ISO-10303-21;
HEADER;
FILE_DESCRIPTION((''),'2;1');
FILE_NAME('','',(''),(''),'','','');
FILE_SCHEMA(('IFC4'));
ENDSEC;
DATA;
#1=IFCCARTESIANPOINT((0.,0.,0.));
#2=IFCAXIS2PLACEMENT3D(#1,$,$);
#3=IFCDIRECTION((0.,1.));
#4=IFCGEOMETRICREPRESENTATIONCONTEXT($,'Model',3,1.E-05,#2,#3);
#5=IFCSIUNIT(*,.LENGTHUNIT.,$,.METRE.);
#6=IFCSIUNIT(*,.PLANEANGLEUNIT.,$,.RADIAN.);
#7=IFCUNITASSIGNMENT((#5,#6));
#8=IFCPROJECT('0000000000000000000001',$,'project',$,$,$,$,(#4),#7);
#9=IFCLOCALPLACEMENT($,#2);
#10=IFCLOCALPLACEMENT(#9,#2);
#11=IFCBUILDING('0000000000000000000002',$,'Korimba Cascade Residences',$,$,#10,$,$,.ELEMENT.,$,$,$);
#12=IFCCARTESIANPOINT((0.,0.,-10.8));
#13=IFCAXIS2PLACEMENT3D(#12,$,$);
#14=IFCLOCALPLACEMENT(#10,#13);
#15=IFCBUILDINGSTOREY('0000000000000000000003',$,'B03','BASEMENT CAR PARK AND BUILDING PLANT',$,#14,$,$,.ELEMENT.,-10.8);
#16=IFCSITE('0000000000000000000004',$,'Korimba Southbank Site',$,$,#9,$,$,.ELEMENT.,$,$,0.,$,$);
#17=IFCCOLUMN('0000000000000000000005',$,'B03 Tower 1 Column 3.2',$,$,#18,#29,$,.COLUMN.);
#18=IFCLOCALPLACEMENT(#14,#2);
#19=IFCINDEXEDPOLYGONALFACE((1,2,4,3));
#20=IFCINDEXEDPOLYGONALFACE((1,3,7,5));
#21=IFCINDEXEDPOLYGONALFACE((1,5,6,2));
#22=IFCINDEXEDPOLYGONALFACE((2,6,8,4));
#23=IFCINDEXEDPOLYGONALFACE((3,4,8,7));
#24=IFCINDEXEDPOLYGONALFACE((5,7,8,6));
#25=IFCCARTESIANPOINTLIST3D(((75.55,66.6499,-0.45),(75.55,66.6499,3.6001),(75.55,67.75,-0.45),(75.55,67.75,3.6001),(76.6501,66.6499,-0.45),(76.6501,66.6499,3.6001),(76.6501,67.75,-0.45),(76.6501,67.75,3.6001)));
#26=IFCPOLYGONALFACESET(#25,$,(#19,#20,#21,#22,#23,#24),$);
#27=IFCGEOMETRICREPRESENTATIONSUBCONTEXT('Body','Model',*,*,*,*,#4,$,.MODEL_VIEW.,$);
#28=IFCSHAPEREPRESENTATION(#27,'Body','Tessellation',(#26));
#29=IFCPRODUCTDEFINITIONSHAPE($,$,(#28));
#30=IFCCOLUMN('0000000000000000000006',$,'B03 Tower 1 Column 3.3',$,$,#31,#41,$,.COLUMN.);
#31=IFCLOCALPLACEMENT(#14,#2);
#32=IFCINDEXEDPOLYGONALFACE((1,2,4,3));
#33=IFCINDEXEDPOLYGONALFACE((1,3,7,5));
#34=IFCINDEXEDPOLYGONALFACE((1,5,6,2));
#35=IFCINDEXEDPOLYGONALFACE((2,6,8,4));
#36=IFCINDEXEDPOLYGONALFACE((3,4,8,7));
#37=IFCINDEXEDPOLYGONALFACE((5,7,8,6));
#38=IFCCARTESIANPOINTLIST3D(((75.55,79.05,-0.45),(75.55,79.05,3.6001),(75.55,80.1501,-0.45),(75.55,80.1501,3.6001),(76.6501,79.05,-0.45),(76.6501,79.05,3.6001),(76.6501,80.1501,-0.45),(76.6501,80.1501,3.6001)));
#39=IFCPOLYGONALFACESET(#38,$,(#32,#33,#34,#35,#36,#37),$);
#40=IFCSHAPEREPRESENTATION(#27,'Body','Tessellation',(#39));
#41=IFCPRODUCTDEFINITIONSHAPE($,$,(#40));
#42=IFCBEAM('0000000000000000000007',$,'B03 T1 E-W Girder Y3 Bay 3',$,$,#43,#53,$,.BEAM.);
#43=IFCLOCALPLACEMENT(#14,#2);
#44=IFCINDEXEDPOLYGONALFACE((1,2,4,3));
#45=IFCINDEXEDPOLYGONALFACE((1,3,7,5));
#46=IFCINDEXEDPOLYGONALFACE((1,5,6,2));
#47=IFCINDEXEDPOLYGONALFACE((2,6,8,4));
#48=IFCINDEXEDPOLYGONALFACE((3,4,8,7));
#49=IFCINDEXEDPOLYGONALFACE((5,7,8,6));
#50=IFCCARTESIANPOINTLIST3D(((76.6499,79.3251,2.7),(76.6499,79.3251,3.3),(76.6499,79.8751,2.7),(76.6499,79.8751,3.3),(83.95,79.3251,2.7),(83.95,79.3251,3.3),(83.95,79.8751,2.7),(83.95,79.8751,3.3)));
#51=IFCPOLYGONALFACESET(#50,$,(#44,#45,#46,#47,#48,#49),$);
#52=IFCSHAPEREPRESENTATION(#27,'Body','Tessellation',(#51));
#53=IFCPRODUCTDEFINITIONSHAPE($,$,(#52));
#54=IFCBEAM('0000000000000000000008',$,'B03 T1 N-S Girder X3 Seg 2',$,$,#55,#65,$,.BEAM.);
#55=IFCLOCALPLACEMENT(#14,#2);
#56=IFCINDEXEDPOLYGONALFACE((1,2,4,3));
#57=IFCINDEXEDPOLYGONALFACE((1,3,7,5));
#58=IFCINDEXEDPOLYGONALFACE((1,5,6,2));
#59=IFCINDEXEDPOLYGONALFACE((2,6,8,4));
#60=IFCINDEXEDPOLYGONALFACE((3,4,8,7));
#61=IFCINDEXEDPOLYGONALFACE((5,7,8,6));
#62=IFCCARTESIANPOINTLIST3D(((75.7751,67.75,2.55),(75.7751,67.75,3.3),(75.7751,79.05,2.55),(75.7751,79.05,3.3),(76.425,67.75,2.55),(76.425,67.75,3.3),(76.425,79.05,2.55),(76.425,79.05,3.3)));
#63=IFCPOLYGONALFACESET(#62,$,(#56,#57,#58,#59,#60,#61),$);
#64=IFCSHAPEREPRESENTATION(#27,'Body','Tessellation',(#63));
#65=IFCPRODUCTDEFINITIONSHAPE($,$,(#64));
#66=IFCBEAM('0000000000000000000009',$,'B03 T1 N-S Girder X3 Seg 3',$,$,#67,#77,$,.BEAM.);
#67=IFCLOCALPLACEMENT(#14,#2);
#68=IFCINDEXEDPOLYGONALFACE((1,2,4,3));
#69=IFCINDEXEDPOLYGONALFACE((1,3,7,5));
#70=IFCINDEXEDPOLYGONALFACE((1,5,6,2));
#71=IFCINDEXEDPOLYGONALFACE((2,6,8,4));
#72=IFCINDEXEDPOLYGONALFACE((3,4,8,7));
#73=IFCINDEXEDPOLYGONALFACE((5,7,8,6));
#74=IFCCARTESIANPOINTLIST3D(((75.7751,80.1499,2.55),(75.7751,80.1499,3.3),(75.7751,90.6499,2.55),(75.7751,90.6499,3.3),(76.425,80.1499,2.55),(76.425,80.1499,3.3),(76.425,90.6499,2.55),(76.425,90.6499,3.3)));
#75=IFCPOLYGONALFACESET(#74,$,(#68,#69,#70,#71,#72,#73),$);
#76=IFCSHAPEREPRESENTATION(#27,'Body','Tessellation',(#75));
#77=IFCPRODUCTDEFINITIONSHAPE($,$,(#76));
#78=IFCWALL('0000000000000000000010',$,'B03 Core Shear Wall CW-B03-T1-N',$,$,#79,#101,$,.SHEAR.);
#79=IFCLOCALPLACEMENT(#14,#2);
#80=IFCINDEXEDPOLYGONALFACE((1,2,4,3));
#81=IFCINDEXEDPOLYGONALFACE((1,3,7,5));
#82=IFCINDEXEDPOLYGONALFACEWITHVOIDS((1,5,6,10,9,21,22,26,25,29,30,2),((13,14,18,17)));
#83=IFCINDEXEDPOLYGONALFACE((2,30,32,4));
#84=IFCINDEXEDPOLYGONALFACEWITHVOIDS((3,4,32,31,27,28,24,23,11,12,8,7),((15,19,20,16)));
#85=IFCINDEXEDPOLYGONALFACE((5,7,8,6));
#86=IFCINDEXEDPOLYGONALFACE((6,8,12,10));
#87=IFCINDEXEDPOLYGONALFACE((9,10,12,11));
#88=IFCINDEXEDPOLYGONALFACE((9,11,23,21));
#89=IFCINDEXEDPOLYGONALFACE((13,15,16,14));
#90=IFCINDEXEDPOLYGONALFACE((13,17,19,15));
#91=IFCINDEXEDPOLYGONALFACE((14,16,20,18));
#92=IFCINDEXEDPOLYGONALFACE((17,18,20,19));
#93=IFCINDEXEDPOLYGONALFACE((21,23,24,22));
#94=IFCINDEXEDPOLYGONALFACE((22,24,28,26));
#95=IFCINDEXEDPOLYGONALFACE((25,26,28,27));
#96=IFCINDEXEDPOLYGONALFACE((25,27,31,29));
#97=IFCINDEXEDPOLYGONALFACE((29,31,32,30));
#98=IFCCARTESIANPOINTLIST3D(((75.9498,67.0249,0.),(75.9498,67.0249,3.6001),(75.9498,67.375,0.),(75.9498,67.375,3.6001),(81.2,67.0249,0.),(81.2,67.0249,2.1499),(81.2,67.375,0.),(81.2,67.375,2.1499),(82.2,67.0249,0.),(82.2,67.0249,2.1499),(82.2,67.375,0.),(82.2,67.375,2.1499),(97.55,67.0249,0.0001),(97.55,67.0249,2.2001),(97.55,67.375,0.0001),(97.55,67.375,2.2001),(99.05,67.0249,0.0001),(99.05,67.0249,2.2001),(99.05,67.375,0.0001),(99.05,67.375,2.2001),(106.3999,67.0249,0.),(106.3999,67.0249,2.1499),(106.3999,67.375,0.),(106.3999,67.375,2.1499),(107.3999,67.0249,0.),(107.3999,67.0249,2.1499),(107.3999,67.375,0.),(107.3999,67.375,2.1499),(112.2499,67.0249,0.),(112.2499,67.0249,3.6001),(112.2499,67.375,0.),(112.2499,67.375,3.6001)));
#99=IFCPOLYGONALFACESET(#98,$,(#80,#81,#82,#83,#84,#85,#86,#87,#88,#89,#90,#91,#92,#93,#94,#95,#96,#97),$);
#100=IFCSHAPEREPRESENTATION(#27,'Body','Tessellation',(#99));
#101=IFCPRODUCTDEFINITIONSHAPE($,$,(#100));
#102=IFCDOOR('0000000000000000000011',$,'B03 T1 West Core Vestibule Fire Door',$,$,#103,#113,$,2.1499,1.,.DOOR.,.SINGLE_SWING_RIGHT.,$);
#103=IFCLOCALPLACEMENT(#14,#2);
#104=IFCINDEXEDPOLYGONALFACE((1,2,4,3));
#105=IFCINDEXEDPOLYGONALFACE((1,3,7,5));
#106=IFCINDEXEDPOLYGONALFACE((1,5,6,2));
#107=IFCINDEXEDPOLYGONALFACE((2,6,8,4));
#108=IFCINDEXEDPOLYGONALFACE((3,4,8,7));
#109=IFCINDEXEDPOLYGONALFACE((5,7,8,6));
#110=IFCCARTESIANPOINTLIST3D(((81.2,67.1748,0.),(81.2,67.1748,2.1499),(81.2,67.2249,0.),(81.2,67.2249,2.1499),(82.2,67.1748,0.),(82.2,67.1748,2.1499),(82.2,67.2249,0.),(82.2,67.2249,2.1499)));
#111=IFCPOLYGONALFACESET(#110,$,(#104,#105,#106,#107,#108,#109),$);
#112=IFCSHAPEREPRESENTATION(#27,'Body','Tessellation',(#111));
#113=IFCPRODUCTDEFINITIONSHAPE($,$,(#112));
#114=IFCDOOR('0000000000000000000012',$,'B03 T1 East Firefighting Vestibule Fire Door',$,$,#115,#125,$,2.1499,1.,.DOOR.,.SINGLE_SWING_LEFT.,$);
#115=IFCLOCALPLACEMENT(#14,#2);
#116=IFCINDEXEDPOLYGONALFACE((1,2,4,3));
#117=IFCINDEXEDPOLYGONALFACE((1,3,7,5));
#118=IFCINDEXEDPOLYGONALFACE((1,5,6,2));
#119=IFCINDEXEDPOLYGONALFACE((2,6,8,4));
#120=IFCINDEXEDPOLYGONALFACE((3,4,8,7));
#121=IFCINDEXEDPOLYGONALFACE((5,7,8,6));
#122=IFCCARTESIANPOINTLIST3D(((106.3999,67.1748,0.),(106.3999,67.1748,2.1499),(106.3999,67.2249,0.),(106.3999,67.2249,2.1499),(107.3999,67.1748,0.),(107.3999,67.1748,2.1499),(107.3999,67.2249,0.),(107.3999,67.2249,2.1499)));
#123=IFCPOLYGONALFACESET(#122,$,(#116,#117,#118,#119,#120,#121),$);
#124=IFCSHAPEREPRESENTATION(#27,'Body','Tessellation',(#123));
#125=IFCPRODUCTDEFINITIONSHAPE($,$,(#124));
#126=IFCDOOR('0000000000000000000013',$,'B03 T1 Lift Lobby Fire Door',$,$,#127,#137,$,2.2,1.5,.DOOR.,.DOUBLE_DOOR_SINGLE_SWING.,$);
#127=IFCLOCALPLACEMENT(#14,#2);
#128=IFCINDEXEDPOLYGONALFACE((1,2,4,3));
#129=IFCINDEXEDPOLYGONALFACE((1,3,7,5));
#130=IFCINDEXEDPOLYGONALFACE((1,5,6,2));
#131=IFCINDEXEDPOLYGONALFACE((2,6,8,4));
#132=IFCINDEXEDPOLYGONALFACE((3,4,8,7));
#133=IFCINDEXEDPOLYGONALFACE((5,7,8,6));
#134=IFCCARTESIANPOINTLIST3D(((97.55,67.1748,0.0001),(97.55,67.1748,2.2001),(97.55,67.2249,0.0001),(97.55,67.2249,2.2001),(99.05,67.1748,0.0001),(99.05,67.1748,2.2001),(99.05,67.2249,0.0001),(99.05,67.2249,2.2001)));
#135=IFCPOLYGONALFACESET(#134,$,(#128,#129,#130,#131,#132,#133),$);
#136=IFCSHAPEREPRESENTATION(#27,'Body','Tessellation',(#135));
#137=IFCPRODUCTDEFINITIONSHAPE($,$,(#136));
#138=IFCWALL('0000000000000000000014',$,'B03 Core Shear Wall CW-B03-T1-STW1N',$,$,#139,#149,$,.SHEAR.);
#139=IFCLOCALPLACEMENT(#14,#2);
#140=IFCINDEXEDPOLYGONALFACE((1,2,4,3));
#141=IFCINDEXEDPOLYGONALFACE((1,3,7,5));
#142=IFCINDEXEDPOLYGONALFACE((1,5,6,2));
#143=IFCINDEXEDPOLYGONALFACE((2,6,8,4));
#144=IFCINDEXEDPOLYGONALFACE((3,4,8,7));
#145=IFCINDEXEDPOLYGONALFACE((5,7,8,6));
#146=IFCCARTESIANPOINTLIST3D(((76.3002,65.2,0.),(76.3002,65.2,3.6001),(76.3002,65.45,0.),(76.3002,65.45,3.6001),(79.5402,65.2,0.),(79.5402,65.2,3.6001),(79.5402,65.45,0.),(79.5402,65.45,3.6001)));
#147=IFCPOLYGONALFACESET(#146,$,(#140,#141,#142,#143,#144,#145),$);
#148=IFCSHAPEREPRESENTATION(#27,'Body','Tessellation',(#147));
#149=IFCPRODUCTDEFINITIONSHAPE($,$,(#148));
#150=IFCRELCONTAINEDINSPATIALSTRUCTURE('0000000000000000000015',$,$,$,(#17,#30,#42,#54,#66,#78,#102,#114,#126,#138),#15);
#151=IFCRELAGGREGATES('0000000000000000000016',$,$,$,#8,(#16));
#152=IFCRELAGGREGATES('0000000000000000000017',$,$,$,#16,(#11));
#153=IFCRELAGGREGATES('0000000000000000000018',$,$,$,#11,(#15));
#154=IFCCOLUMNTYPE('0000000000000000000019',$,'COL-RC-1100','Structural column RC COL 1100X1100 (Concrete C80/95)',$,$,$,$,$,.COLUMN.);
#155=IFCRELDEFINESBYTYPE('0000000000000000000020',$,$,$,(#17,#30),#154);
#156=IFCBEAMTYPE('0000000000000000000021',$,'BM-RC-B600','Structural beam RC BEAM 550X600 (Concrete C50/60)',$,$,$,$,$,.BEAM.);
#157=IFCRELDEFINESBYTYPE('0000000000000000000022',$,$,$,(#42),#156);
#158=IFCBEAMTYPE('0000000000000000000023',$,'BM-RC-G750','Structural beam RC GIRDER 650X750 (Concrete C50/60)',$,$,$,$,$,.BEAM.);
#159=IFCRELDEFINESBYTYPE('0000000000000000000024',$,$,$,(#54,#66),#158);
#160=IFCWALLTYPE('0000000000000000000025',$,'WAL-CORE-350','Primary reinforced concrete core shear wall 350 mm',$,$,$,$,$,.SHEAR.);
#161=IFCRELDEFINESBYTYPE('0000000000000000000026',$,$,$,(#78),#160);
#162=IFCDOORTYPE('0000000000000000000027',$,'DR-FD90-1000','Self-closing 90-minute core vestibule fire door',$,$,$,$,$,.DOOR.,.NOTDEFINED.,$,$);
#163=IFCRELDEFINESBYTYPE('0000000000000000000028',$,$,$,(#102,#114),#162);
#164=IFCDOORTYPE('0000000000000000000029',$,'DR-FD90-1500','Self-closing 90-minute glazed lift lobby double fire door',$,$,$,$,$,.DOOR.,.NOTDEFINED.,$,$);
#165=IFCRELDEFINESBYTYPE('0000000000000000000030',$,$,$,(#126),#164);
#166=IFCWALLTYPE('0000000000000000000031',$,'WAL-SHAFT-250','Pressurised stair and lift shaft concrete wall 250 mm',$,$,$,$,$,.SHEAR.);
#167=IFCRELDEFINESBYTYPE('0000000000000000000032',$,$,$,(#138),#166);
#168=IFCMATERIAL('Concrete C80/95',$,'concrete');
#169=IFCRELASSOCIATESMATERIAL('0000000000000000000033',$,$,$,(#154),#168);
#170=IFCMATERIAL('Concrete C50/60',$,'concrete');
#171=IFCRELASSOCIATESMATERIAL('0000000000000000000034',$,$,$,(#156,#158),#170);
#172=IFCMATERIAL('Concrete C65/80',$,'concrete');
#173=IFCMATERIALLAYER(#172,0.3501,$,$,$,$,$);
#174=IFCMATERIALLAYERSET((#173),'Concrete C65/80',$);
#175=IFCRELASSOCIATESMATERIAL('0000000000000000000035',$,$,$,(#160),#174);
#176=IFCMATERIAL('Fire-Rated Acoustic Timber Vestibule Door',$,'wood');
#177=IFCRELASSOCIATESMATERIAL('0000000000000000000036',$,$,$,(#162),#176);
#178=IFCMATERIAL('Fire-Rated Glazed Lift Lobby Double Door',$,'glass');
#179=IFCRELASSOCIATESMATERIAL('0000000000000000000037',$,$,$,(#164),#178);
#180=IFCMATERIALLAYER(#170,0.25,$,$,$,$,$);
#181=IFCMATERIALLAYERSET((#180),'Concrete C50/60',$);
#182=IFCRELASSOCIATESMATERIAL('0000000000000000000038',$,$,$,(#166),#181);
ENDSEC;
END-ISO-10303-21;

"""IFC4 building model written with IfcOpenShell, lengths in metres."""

from ifc_helpers import new_model, si_unit, direction, frame, frame_2d, origin, origin_2d, place, context, subcontext, project, spatial, rectangle, extrude, material, layer, layer_set, material_profile, profile_set, type_object, element, fill, save


model = new_model("IFC4")

# Units and contexts
model_context = context("Model", 3, precision=1e-05, world=origin(), true_north=direction((0.0, 1.0)))
body_context = subcontext(model_context, "Body", "Model", "MODEL_VIEW")
ifc_project = project(units=[si_unit("LENGTHUNIT", "METRE"), si_unit("PLANEANGLEUNIT", "RADIAN")], contexts=[model_context])

# Site, building, storey
site_placement = place(None, origin())
site = spatial("IfcSite", under=ifc_project, at=site_placement, Name="Korimba Southbank Site", CompositionType="ELEMENT", RefElevation=0.0)
building_placement = place(site_placement, origin())
building = spatial("IfcBuilding", under=site, at=building_placement, Name="Korimba Cascade Residences", CompositionType="ELEMENT")
storey_placement = place(building_placement, frame((0.0, 0.0, -10.8)))
storey = spatial("IfcBuildingStorey", under=building, at=storey_placement, Name="B03", Description="BASEMENT CAR PARK AND BUILDING PLANT", CompositionType="ELEMENT", Elevation=-10.8)

# Shared definitions
ifc_material_1 = material(Name="Concrete C50/60", Category="concrete")

# Columns
ifc_material_2 = material(Name="Concrete C80/95", Category="concrete")
ifc_material_profile_1 = material_profile(ifc_material_2, rectangle(XDim=1.1001, YDim=1.1001, at=origin_2d()), Name="Concrete C80/95")
ifc_profile_set_1 = profile_set([ifc_material_profile_1], Name="Concrete C80/95")
column_type = type_object("IfcColumnType", Name="COL-RC-1100", Description="Structural column RC COL 1100X1100 (Concrete C80/95)", PredefinedType="COLUMN", material=ifc_profile_set_1)
for number, where, z_axis, x_axis, name in (
    (1, (76.1001, 67.2, -0.45), (0.0, 0.0, 1.0), (1.0, 0.0, 0.0), "B03 Tower 1 Column 3.2"),
    (2, (76.1001, 79.6001, -0.45), (0.0, 0.0, 1.0), (1.0, 0.0, 0.0), "B03 Tower 1 Column 3.3"),
):
    element("IfcColumn", number, at=place(storey_placement, frame(where, z_axis=z_axis, x_axis=x_axis)), inside=storey, type_object=column_type, Name=name, PredefinedType="COLUMN", context=body_context, shape_type="SweptSolid", body=[
        extrude(rectangle(XDim=1.1001, YDim=1.1001, at=origin_2d()), origin(), (0.0, 0.0, 1.0), 4.05),
    ])

# Beams
ifc_material_profile_2 = material_profile(ifc_material_1, rectangle(XDim=0.55, YDim=0.6001, at=origin_2d()), Name="Concrete C50/60")
ifc_profile_set_2 = profile_set([ifc_material_profile_2], Name="Concrete C50/60")
beam_type_1 = type_object("IfcBeamType", Name="BM-RC-B600", Description="Structural beam RC BEAM 550X600 (Concrete C50/60)", PredefinedType="BEAM", material=ifc_profile_set_2)
beam_1_placement = place(storey_placement, frame((76.6499, 79.6001, 3.0), z_axis=(1.0, 0.0, 0.0), x_axis=(0.0, 1.0, 0.0)))
element("IfcBeam", 3, at=beam_1_placement, inside=storey, type_object=beam_type_1, Name="B03 T1 E-W Girder Y3 Bay 3", PredefinedType="BEAM", context=body_context, shape_type="SweptSolid", body=[
    extrude(rectangle(XDim=0.55, YDim=0.6001, at=origin_2d()), origin(), (0.0, 0.0, 1.0), 7.3),
])
ifc_material_profile_3 = material_profile(ifc_material_1, rectangle(XDim=0.6499, YDim=0.75, at=origin_2d()), Name="Concrete C50/60")
ifc_profile_set_3 = profile_set([ifc_material_profile_3], Name="Concrete C50/60")
beam_type_2 = type_object("IfcBeamType", Name="BM-RC-G750", Description="Structural beam RC GIRDER 650X750 (Concrete C50/60)", PredefinedType="BEAM", material=ifc_profile_set_3)
beam_2_placement = place(storey_placement, frame((76.1001, 67.75, 2.925), z_axis=(0.0, 1.0, 0.0), x_axis=(-1.0, 0.0, 0.0)))
element("IfcBeam", 4, at=beam_2_placement, inside=storey, type_object=beam_type_2, Name="B03 T1 N-S Girder X3 Seg 2", PredefinedType="BEAM", context=body_context, shape_type="SweptSolid", body=[
    extrude(rectangle(XDim=0.6499, YDim=0.75, at=origin_2d()), origin(), (0.0, 0.0, 1.0), 11.3),
])
beam_3_placement = place(storey_placement, frame((76.1001, 80.1499, 2.925), z_axis=(0.0, 1.0, 0.0), x_axis=(-1.0, 0.0, 0.0)))
element("IfcBeam", 5, at=beam_3_placement, inside=storey, type_object=beam_type_2, Name="B03 T1 N-S Girder X3 Seg 3", PredefinedType="BEAM", context=body_context, shape_type="SweptSolid", body=[
    extrude(rectangle(XDim=0.6499, YDim=0.75, at=origin_2d()), origin(), (0.0, 0.0, 1.0), 10.5),
])

# Wall, openings, doors
ifc_material_3 = material(Name="Concrete C65/80", Category="concrete")
ifc_layer_1 = layer(ifc_material_3, 0.3501)
ifc_layer_set_1 = layer_set([ifc_layer_1], Name="Concrete C65/80")
wall_type_1 = type_object("IfcWallType", Name="WAL-CORE-350", Description="Primary reinforced concrete core shear wall 350 mm", PredefinedType="SHEAR", material=ifc_layer_set_1)
wall_1_placement = place(storey_placement, frame((75.95, 67.2, 0.0), z_axis=(0.0, 0.0, 1.0), x_axis=(1.0, 0.0, 0.0)))
wall_1 = element("IfcWall", 6, at=wall_1_placement, inside=storey, type_object=wall_type_1, Name="B03 Core Shear Wall CW-B03-T1-N", PredefinedType="SHEAR", context=body_context, shape_type="SweptSolid", body=[
    extrude(rectangle(XDim=36.3, YDim=0.3501, at=frame_2d((18.1499, 0.0))), origin(), (0.0, 0.0, 1.0), 3.6001),
])
opening_1_placement = place(wall_1_placement, frame((5.25, 0.0, 0.0)))
opening_1 = element("IfcOpeningElement", 7, at=opening_1_placement, cuts=wall_1, PredefinedType="OPENING", context=body_context, shape_type="SweptSolid", body=[
    extrude(rectangle(XDim=1.0, YDim=2.1499, at=frame_2d((0.5, 1.075))), frame((0.0, 0.1851, 0.0), z_axis=(0.0, -1.0, 0.0), x_axis=(1.0, 0.0, 0.0)), (0.0, 0.0, 1.0), 0.3701),
])
opening_2_placement = place(wall_1_placement, frame((21.6001, 0.0, 0.0)))
opening_2 = element("IfcOpeningElement", 8, at=opening_2_placement, cuts=wall_1, PredefinedType="OPENING", context=body_context, shape_type="SweptSolid", body=[
    extrude(rectangle(XDim=1.5, YDim=2.2, at=frame_2d((0.75, 1.1001))), frame((0.0, 0.1851, 0.0), z_axis=(0.0, -1.0, 0.0), x_axis=(1.0, 0.0, 0.0)), (0.0, 0.0, 1.0), 0.3701),
])
opening_3_placement = place(wall_1_placement, frame((30.45, 0.0, 0.0)))
opening_3 = element("IfcOpeningElement", 9, at=opening_3_placement, cuts=wall_1, PredefinedType="OPENING", context=body_context, shape_type="SweptSolid", body=[
    extrude(rectangle(XDim=1.0, YDim=2.1499, at=frame_2d((0.5, 1.075))), frame((0.0, 0.1851, 0.0), z_axis=(0.0, -1.0, 0.0), x_axis=(1.0, 0.0, 0.0)), (0.0, 0.0, 1.0), 0.3701),
])
ifc_material_4 = material(Name="Fire-Rated Acoustic Timber Vestibule Door", Category="wood")
door_type_1 = type_object("IfcDoorType", Name="DR-FD90-1000", Description="Self-closing 90-minute core vestibule fire door", OperationType="NOTDEFINED", PredefinedType="DOOR", material=ifc_material_4)
door_1_placement = place(opening_1_placement, origin())
door_1 = element("IfcDoor", 10, at=door_1_placement, inside=storey, type_object=door_type_1, Name="B03 T1 West Core Vestibule Fire Door", OperationType="SINGLE_SWING_RIGHT", OverallHeight=2.1499, OverallWidth=1.0, PredefinedType="DOOR", context=body_context, shape_type="SweptSolid", body=[
    extrude(rectangle(XDim=1.0, YDim=2.1499, at=frame_2d((0.5, 1.075))), frame((0.0, 0.0249, 0.0), z_axis=(0.0, -1.0, 0.0), x_axis=(1.0, 0.0, 0.0)), (0.0, 0.0, 1.0), 0.05),
])
fill(opening_1, door_1)
door_2_placement = place(opening_3_placement, origin())
door_2 = element("IfcDoor", 11, at=door_2_placement, inside=storey, type_object=door_type_1, Name="B03 T1 East Firefighting Vestibule Fire Door", OperationType="SINGLE_SWING_LEFT", OverallHeight=2.1499, OverallWidth=1.0, PredefinedType="DOOR", context=body_context, shape_type="SweptSolid", body=[
    extrude(rectangle(XDim=1.0, YDim=2.1499, at=frame_2d((0.5, 1.075))), frame((0.0, 0.0249, 0.0), z_axis=(0.0, -1.0, 0.0), x_axis=(1.0, 0.0, 0.0)), (0.0, 0.0, 1.0), 0.05),
])
fill(opening_3, door_2)
ifc_material_5 = material(Name="Fire-Rated Glazed Lift Lobby Double Door", Category="glass")
door_type_2 = type_object("IfcDoorType", Name="DR-FD90-1500", Description="Self-closing 90-minute glazed lift lobby double fire door", OperationType="NOTDEFINED", PredefinedType="DOOR", material=ifc_material_5)
door_3_placement = place(opening_2_placement, origin())
door_3 = element("IfcDoor", 12, at=door_3_placement, inside=storey, type_object=door_type_2, Name="B03 T1 Lift Lobby Fire Door", OperationType="DOUBLE_DOOR_SINGLE_SWING", OverallHeight=2.2, OverallWidth=1.5, PredefinedType="DOOR", context=body_context, shape_type="SweptSolid", body=[
    extrude(rectangle(XDim=1.5, YDim=2.2, at=frame_2d((0.75, 1.1001))), frame((0.0, 0.0249, 0.0), z_axis=(0.0, -1.0, 0.0), x_axis=(1.0, 0.0, 0.0)), (0.0, 0.0, 1.0), 0.05),
])
fill(opening_2, door_3)

# Wall
ifc_layer_2 = layer(ifc_material_1, 0.25)
ifc_layer_set_2 = layer_set([ifc_layer_2], Name="Concrete C50/60")
wall_type_2 = type_object("IfcWallType", Name="WAL-SHAFT-250", Description="Pressurised stair and lift shaft concrete wall 250 mm", PredefinedType="SHEAR", material=ifc_layer_set_2)
wall_2_placement = place(storey_placement, frame((76.3, 65.325, 0.0), z_axis=(0.0, 0.0, 1.0), x_axis=(1.0, 0.0, 0.0)))
element("IfcWall", 13, at=wall_2_placement, inside=storey, type_object=wall_type_2, Name="B03 Core Shear Wall CW-B03-T1-STW1N", PredefinedType="SHEAR", context=body_context, shape_type="SweptSolid", body=[
    extrude(rectangle(XDim=3.24, YDim=0.25, at=frame_2d((1.6201, 0.0))), origin(), (0.0, 0.0, 1.0), 3.6001),
])

save(model, "model.ifc")
